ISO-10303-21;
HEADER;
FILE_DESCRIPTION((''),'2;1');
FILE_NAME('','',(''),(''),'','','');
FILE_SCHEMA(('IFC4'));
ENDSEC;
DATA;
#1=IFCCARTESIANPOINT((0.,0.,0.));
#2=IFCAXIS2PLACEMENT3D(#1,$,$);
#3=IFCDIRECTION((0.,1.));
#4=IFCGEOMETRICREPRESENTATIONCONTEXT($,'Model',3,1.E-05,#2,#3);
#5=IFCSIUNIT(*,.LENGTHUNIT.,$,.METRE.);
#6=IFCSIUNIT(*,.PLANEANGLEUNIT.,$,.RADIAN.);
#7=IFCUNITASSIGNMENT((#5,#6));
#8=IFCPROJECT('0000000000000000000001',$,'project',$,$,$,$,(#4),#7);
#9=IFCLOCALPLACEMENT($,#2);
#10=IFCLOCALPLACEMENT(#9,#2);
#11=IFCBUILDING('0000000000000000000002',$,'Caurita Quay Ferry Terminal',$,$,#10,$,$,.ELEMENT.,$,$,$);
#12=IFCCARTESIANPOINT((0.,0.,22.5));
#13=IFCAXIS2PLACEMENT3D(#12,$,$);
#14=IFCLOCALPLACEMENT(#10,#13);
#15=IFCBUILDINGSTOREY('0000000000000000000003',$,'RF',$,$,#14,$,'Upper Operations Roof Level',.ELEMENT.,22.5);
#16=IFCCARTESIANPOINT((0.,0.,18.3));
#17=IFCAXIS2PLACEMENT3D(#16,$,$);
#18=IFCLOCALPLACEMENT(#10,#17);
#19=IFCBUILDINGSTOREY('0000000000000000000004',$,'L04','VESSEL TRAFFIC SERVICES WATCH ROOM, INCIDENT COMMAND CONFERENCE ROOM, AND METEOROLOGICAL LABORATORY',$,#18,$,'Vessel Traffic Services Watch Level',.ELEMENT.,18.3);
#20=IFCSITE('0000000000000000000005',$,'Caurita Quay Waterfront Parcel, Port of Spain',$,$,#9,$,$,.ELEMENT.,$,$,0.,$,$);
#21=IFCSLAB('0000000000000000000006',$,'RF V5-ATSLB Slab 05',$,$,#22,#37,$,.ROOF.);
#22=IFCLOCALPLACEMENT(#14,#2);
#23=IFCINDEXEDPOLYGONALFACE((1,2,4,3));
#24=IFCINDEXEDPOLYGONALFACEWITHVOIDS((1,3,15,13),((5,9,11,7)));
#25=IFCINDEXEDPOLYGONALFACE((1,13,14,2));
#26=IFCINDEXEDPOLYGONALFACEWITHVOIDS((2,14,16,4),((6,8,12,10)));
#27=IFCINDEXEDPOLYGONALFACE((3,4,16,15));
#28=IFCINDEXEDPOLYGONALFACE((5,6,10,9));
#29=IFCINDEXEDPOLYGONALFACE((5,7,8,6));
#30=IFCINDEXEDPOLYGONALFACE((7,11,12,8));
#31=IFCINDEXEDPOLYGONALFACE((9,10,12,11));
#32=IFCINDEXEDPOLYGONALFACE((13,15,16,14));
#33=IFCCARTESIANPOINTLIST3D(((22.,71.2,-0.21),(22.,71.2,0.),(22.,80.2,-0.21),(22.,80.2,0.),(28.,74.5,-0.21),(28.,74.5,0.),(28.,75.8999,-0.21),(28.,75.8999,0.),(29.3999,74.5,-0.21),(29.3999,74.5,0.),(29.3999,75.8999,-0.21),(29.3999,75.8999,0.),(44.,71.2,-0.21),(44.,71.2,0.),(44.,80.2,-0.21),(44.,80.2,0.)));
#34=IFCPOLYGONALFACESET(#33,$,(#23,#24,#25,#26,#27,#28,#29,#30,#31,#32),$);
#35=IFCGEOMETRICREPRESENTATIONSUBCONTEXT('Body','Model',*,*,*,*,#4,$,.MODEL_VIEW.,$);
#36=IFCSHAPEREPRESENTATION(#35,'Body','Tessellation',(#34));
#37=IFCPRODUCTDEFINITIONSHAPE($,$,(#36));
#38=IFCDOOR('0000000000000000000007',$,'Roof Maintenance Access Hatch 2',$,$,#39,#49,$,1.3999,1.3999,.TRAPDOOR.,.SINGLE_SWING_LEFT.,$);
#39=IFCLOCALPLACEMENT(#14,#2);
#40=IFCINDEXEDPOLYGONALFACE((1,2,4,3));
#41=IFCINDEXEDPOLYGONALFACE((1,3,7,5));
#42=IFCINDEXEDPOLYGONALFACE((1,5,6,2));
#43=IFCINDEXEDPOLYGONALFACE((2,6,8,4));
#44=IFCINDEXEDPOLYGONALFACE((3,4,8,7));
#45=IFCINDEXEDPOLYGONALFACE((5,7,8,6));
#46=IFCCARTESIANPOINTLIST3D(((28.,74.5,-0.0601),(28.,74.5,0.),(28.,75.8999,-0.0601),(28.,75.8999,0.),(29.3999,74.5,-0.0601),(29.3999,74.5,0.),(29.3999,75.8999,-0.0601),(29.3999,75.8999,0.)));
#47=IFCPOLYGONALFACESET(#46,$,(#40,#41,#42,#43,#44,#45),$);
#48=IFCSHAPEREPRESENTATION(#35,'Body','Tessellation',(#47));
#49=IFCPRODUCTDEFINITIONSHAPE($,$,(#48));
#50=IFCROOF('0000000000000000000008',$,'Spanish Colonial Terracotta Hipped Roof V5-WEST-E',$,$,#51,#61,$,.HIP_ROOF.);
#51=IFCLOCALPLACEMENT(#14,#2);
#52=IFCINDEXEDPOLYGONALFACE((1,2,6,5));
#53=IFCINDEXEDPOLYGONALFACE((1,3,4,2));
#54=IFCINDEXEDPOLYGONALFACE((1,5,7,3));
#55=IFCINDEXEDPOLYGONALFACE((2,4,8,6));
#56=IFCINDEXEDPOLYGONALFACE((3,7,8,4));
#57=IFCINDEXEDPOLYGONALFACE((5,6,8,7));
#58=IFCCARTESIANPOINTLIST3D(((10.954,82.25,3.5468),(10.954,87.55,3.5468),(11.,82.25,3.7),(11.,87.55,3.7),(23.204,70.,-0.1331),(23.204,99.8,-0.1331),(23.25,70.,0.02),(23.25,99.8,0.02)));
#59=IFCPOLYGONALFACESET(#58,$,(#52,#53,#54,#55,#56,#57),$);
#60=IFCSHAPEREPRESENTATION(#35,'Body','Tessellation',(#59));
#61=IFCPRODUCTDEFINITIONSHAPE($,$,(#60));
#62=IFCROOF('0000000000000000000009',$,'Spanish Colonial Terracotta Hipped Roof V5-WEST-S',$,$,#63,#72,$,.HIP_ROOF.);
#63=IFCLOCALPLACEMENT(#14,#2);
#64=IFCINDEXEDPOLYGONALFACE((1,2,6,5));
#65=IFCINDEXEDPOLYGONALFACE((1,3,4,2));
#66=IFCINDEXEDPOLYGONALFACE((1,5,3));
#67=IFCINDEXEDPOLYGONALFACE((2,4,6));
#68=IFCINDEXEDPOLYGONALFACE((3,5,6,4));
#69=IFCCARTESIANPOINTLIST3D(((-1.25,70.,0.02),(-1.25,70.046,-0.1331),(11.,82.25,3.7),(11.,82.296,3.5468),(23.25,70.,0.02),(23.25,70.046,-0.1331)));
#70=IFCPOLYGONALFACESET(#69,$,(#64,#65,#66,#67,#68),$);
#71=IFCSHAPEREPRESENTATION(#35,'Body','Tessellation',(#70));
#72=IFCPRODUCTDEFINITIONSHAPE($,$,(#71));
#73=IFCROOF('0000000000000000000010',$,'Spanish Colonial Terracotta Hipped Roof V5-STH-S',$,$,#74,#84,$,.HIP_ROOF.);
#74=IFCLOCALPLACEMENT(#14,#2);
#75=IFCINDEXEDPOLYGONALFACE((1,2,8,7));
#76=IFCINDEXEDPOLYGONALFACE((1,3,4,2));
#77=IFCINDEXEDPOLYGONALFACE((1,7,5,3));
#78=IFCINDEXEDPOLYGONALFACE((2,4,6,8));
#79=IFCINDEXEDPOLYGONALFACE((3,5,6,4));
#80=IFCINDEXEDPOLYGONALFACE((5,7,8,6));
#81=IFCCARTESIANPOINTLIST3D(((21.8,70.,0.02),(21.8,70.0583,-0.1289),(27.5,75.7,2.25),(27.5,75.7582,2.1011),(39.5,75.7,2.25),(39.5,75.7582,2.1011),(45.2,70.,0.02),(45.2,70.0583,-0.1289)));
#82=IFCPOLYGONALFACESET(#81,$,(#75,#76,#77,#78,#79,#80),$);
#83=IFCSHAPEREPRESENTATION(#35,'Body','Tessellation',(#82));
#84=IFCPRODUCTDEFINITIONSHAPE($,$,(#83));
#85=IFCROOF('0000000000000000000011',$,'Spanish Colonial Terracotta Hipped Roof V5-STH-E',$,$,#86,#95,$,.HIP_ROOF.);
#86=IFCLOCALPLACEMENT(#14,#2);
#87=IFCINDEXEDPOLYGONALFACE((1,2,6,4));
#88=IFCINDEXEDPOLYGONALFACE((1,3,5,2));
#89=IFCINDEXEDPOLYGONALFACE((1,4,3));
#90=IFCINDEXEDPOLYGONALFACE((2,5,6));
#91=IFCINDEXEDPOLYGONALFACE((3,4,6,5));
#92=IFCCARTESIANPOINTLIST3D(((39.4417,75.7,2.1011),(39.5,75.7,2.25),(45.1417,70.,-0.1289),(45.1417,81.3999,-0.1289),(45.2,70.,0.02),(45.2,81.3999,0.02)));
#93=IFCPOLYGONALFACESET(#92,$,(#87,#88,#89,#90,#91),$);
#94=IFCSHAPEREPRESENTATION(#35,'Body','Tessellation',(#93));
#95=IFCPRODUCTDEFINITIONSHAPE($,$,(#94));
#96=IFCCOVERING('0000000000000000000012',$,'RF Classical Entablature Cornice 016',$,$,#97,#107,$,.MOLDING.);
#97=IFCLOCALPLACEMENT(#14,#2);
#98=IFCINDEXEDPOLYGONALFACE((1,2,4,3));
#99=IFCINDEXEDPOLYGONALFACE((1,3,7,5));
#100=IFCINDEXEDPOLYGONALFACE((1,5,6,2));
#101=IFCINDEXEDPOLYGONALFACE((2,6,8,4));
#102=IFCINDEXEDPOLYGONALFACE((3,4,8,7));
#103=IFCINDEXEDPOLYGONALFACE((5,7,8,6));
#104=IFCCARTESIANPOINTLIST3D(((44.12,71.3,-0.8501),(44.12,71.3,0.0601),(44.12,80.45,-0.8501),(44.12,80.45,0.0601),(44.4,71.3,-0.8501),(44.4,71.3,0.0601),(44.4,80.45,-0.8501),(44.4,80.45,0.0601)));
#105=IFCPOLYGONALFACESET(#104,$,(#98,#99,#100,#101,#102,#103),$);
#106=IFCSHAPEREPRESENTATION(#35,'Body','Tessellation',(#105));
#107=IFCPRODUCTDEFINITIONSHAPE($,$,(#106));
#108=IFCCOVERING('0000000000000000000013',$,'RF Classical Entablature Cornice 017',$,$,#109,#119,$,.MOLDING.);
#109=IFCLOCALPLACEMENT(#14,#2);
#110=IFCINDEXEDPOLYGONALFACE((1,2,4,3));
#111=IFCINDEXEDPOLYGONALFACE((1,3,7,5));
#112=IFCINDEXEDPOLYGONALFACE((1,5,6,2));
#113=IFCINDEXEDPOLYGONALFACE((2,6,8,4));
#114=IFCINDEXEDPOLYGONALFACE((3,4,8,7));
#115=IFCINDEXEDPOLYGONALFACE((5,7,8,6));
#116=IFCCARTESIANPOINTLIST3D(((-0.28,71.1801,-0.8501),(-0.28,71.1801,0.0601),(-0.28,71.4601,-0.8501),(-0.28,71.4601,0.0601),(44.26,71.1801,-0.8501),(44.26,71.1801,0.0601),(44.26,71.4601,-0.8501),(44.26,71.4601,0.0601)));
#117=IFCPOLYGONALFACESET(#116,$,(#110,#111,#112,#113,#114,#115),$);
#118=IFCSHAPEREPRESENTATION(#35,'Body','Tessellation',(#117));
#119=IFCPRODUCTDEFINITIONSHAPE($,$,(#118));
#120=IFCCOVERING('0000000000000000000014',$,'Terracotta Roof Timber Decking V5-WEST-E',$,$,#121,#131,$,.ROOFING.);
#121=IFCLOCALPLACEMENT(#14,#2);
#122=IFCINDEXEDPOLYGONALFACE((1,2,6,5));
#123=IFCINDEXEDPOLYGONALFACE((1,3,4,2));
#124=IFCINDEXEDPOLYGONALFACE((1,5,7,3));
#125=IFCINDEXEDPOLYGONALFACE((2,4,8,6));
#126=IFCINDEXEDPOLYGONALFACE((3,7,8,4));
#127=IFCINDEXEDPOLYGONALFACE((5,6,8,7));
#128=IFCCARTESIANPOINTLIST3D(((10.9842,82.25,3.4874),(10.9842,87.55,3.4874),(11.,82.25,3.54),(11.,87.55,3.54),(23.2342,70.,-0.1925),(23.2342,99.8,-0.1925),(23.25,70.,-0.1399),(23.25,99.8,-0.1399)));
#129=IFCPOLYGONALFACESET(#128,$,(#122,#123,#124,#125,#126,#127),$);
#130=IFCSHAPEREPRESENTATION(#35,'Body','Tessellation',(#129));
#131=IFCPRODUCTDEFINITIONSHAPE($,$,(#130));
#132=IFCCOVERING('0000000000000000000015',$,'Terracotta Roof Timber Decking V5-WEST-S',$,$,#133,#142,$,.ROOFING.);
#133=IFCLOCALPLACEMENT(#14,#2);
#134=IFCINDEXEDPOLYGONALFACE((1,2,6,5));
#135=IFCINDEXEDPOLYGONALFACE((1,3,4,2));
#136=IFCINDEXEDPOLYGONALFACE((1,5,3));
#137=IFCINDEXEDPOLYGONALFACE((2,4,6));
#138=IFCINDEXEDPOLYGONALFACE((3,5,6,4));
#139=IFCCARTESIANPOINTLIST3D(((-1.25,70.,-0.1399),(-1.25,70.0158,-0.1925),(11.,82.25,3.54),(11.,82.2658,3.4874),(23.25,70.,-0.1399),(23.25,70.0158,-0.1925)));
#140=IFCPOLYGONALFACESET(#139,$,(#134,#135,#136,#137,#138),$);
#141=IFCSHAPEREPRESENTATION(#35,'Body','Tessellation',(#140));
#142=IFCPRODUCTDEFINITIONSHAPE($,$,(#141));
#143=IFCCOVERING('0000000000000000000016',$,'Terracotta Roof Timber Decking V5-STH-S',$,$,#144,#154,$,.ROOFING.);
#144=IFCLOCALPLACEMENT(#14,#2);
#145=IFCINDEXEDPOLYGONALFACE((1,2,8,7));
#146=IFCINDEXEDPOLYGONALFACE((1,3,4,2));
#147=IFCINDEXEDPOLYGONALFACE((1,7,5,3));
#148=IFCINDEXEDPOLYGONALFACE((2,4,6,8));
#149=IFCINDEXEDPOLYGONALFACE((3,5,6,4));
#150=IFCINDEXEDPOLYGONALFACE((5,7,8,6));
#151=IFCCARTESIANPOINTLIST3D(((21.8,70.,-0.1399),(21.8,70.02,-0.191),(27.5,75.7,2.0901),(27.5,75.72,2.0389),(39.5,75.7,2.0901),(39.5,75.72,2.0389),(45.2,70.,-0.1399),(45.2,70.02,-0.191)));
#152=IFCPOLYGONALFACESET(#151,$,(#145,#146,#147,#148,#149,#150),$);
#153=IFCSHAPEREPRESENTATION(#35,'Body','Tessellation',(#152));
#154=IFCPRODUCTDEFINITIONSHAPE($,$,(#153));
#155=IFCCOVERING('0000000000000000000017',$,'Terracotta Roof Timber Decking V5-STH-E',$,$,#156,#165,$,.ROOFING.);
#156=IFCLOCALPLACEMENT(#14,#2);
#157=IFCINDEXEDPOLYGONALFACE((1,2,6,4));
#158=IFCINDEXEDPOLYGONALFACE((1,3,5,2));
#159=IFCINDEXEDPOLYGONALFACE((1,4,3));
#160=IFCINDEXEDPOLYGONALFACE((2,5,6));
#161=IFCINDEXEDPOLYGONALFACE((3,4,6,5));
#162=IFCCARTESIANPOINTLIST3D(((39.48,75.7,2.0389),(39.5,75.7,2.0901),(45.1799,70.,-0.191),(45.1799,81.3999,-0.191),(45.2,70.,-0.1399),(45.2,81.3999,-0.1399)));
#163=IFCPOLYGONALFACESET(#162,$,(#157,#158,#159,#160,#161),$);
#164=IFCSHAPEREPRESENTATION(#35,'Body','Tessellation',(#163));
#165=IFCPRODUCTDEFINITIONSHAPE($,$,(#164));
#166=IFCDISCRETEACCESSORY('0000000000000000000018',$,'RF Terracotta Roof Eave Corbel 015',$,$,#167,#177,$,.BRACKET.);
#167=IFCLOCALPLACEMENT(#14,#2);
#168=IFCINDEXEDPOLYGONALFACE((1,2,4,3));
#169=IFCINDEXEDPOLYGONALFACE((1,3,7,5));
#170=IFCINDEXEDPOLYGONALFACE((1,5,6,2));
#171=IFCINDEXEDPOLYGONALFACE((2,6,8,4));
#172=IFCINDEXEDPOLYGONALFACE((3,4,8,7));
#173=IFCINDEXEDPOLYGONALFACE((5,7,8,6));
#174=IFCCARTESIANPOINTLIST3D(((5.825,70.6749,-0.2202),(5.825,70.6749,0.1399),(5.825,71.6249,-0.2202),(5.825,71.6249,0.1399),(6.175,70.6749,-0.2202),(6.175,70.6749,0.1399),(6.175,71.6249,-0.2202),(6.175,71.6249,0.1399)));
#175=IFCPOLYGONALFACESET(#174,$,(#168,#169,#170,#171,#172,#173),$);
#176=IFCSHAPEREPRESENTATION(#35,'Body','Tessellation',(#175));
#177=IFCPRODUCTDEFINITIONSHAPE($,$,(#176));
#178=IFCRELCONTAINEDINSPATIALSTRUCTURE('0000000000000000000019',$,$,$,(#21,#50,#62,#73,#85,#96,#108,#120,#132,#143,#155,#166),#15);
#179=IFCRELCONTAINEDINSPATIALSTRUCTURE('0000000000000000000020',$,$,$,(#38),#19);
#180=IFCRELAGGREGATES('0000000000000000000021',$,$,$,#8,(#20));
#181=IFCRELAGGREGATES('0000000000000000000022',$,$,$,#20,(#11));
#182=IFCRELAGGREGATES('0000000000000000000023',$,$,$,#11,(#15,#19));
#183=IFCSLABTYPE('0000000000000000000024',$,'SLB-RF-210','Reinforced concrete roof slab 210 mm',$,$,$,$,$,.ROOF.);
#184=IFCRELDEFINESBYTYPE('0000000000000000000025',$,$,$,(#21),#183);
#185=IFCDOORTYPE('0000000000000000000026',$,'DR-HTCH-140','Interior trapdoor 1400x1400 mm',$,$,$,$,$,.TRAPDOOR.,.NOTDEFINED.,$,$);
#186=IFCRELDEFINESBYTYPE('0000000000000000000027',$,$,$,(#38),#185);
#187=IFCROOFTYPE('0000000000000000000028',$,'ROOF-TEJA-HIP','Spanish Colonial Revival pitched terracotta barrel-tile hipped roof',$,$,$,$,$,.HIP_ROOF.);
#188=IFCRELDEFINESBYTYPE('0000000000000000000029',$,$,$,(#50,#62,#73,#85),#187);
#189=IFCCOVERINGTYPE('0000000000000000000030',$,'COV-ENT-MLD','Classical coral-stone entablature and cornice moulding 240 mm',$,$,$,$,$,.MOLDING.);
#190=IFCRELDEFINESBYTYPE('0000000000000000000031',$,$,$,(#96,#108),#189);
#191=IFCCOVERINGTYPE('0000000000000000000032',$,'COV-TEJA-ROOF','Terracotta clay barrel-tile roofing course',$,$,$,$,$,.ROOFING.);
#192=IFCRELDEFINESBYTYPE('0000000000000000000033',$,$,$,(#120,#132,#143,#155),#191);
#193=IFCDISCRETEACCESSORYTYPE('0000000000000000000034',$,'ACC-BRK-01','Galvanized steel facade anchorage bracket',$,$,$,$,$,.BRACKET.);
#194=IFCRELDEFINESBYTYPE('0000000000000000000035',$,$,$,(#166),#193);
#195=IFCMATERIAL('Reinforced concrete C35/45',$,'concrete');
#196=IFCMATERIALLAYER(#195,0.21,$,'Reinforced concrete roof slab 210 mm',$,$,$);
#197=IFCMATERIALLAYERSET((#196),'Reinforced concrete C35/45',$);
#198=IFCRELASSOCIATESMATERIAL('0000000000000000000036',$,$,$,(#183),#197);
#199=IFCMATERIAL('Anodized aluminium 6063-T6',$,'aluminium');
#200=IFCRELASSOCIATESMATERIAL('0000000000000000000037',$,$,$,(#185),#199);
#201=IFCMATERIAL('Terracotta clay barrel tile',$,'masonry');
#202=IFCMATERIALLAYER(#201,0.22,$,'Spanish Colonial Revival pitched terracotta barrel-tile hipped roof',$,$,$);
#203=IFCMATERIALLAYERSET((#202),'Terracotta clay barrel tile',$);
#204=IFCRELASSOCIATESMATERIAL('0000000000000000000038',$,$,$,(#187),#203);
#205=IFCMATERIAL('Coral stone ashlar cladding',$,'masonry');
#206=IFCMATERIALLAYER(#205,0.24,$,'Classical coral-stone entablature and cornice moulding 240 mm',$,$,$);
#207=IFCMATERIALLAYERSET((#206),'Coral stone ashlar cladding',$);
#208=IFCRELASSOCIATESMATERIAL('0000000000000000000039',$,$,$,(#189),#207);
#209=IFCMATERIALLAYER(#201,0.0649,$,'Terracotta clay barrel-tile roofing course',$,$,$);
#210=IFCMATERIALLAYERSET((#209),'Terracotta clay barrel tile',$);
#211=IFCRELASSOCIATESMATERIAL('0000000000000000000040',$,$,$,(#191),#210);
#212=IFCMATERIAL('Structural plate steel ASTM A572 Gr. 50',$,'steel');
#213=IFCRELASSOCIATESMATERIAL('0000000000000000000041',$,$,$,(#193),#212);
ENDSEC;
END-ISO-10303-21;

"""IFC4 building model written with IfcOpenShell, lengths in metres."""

from ifc_helpers import new_model, si_unit, direction, frame, frame_2d, origin, origin_2d, place, context, subcontext, project, spatial, polyline, rectangle, outline, extrude, material, layer, layer_set, type_object, element, fill, save


model = new_model("IFC4")

# Units and contexts
model_context = context("Model", 3, precision=1e-05, world=origin(), true_north=direction((0.0, 1.0)))
body_context = subcontext(model_context, "Body", "Model", "MODEL_VIEW")
ifc_project = project(units=[si_unit("LENGTHUNIT", "METRE"), si_unit("PLANEANGLEUNIT", "RADIAN")], contexts=[model_context])

# Site, building, storey
site_placement = place(None, origin())
site = spatial("IfcSite", under=ifc_project, at=site_placement, Name="Caurita Quay Waterfront Parcel, Port of Spain", CompositionType="ELEMENT", RefElevation=0.0)
building_placement = place(site_placement, origin())
building = spatial("IfcBuilding", under=site, at=building_placement, Name="Caurita Quay Ferry Terminal", CompositionType="ELEMENT")
storey_1_placement = place(building_placement, frame((0.0, 0.0, 22.5)))
storey_1 = spatial("IfcBuildingStorey", under=building, at=storey_1_placement, Name="RF", LongName="Upper Operations Roof Level", CompositionType="ELEMENT", Elevation=22.5)

# Shared definitions
ifc_material_1 = material(Name="Reinforced concrete C35/45", Category="concrete")
ifc_layer_1 = layer(ifc_material_1, 0.21, Name="Reinforced concrete roof slab 210 mm")
ifc_layer_set_1 = layer_set([ifc_layer_1], Name="Reinforced concrete C35/45")
slab_type = type_object("IfcSlabType", Name="SLB-RF-210", Description="Reinforced concrete roof slab 210 mm", PredefinedType="ROOF", material=ifc_layer_set_1)

# Shared definitions
storey_2_placement = place(building_placement, frame((0.0, 0.0, 18.3)))
storey_2 = spatial("IfcBuildingStorey", under=building, at=storey_2_placement, Name="L04", Description="VESSEL TRAFFIC SERVICES WATCH ROOM, INCIDENT COMMAND CONFERENCE ROOM, AND METEOROLOGICAL LABORATORY", LongName="Vessel Traffic Services Watch Level", CompositionType="ELEMENT", Elevation=18.3)

# Shared definitions
ifc_material_2 = material(Name="Anodized aluminium 6063-T6", Category="aluminium")
door_type = type_object("IfcDoorType", Name="DR-HTCH-140", Description="Interior trapdoor 1400x1400 mm", OperationType="NOTDEFINED", PredefinedType="TRAPDOOR", material=ifc_material_2)

# Slab, opening, door
slab_1_placement = place(storey_1_placement, frame((0.0, 0.0, -0.21)))
slab_1 = element("IfcSlab", 1, at=slab_1_placement, inside=storey_1, type_object=slab_type, Name="RF V5-ATSLB Slab 05", PredefinedType="ROOF", context=body_context, shape_type="SweptSolid", body=[
    extrude(outline(polyline([(22.0, 71.2), (44.0, 71.2), (44.0, 80.2), (22.0, 80.2), (22.0, 71.2)])), origin(), (0.0, 0.0, 1.0), 0.21),
])
opening_1_placement = place(slab_1_placement, frame((28.7, 75.2, -0.01)))
opening_1 = element("IfcOpeningElement", 2, at=opening_1_placement, cuts=slab_1, PredefinedType="OPENING", context=body_context, shape_type="SweptSolid", body=[
    extrude(rectangle(XDim=1.3999, YDim=1.3999, at=origin_2d()), origin(), (0.0, 0.0, 1.0), 0.23),
])
door_1_placement = place(slab_1_placement, frame((28.7, 75.2, 0.1499)))
door_1 = element("IfcDoor", 3, at=door_1_placement, inside=storey_2, type_object=door_type, Name="Roof Maintenance Access Hatch 2", OperationType="SINGLE_SWING_LEFT", OverallHeight=1.3999, OverallWidth=1.3999, PredefinedType="TRAPDOOR", context=body_context, shape_type="SweptSolid", body=[
    extrude(rectangle(XDim=1.3999, YDim=1.3999, at=origin_2d()), origin(), (0.0, 0.0, 1.0), 0.0601),
])
fill(opening_1, door_1)

# Roofs
ifc_material_3 = material(Name="Terracotta clay barrel tile", Category="masonry")
ifc_layer_2 = layer(ifc_material_3, 0.22, Name="Spanish Colonial Revival pitched terracotta barrel-tile hipped roof")
ifc_layer_set_2 = layer_set([ifc_layer_2], Name="Terracotta clay barrel tile")
roof_type = type_object("IfcRoofType", Name="ROOF-TEJA-HIP", Description="Spanish Colonial Revival pitched terracotta barrel-tile hipped roof", PredefinedType="HIP_ROOF", material=ifc_layer_set_2)
roof_1_placement = place(storey_1_placement, frame((23.25, 70.0, 0.02), z_axis=(0.287702, 0.0, 0.95772), x_axis=(0.0, 1.0, 0.0)))
element("IfcRoof", 4, at=roof_1_placement, inside=storey_1, type_object=roof_type, Name="Spanish Colonial Terracotta Hipped Roof V5-WEST-E", PredefinedType="HIP_ROOF", context=body_context, shape_type="SweptSolid", body=[
    extrude(outline(polyline([(0.0, 0.0), (29.8, 0.0), (17.55, 12.7908), (12.25, 12.7908), (0.0, 0.0)])), origin(), (0.0, 0.0, -1.0), 0.1599),
])
roof_2_placement = place(storey_1_placement, frame((-1.25, 70.0, 0.02), z_axis=(0.0, -0.287702, 0.95772), x_axis=(1.0, 0.0, 0.0)))
element("IfcRoof", 5, at=roof_2_placement, inside=storey_1, type_object=roof_type, Name="Spanish Colonial Terracotta Hipped Roof V5-WEST-S", PredefinedType="HIP_ROOF", context=body_context, shape_type="SweptSolid", body=[
    extrude(outline(polyline([(0.0, 0.0), (24.5, 0.0), (12.25, 12.7908), (0.0, 0.0)])), origin(), (0.0, 0.0, -1.0), 0.1599),
])
roof_3_placement = place(storey_1_placement, frame((21.8, 70.0, 0.02), z_axis=(0.0, -0.364338, 0.931267), x_axis=(1.0, 0.0, 0.0)))
element("IfcRoof", 6, at=roof_3_placement, inside=storey_1, type_object=roof_type, Name="Spanish Colonial Terracotta Hipped Roof V5-STH-S", PredefinedType="HIP_ROOF", context=body_context, shape_type="SweptSolid", body=[
    extrude(outline(polyline([(0.0, 0.0), (23.3999, 0.0), (17.7, 6.1206), (5.7, 6.1206), (0.0, 0.0)])), origin(), (0.0, 0.0, -1.0), 0.1599),
])
roof_4_placement = place(storey_1_placement, frame((45.2, 70.0, 0.02), z_axis=(0.364338, 0.0, 0.931267), x_axis=(0.0, 1.0, 0.0)))
element("IfcRoof", 7, at=roof_4_placement, inside=storey_1, type_object=roof_type, Name="Spanish Colonial Terracotta Hipped Roof V5-STH-E", PredefinedType="HIP_ROOF", context=body_context, shape_type="SweptSolid", body=[
    extrude(outline(polyline([(0.0, 0.0), (11.3999, 0.0), (5.7, 6.1206), (0.0, 0.0)])), origin(), (0.0, 0.0, -1.0), 0.1599),
])

# Coverings
ifc_material_4 = material(Name="Coral stone ashlar cladding", Category="masonry")
ifc_layer_3 = layer(ifc_material_4, 0.24, Name="Classical coral-stone entablature and cornice moulding 240 mm")
ifc_layer_set_3 = layer_set([ifc_layer_3], Name="Coral stone ashlar cladding")
covering_type_1 = type_object("IfcCoveringType", Name="COV-ENT-MLD", Description="Classical coral-stone entablature and cornice moulding 240 mm", PredefinedType="MOLDING", material=ifc_layer_set_3)
covering_1_placement = place(storey_1_placement, frame((44.26, 71.3, -0.8501), z_axis=(0.0, 0.0, 1.0), x_axis=(0.0, 1.0, 0.0)))
element("IfcCovering", 8, at=covering_1_placement, inside=storey_1, type_object=covering_type_1, Name="RF Classical Entablature Cornice 016", PredefinedType="MOLDING", context=body_context, shape_type="SweptSolid", body=[
    extrude(rectangle(XDim=9.1499, YDim=0.28, at=frame_2d((4.575, 0.0))), origin(), (0.0, 0.0, 1.0), 0.9102),
])
covering_2_placement = place(storey_1_placement, frame((-0.28, 71.3201, -0.8501), z_axis=(0.0, 0.0, 1.0), x_axis=(1.0, 0.0, 0.0)))
element("IfcCovering", 9, at=covering_2_placement, inside=storey_1, type_object=covering_type_1, Name="RF Classical Entablature Cornice 017", PredefinedType="MOLDING", context=body_context, shape_type="SweptSolid", body=[
    extrude(rectangle(XDim=44.54, YDim=0.28, at=frame_2d((22.27, 0.0))), origin(), (0.0, 0.0, 1.0), 0.9102),
])
ifc_layer_4 = layer(ifc_material_3, 0.0649, Name="Terracotta clay barrel-tile roofing course")
ifc_layer_set_4 = layer_set([ifc_layer_4], Name="Terracotta clay barrel tile")
covering_type_2 = type_object("IfcCoveringType", Name="COV-TEJA-ROOF", Description="Terracotta clay barrel-tile roofing course", PredefinedType="ROOFING", material=ifc_layer_set_4)
covering_3_placement = place(storey_1_placement, frame((23.25, 70.0, -0.1399), z_axis=(0.287702, 0.0, 0.95772), x_axis=(0.0, 1.0, 0.0)))
element("IfcCovering", 10, at=covering_3_placement, inside=storey_1, type_object=covering_type_2, Name="Terracotta Roof Timber Decking V5-WEST-E", PredefinedType="ROOFING", context=body_context, shape_type="SweptSolid", body=[
    extrude(outline(polyline([(0.0, 0.0), (29.8, 0.0), (17.55, 12.7908), (12.25, 12.7908), (0.0, 0.0)])), origin(), (0.0, 0.0, -1.0), 0.0549),
])
covering_4_placement = place(storey_1_placement, frame((-1.25, 70.0, -0.1399), z_axis=(0.0, -0.287702, 0.95772), x_axis=(1.0, 0.0, 0.0)))
element("IfcCovering", 11, at=covering_4_placement, inside=storey_1, type_object=covering_type_2, Name="Terracotta Roof Timber Decking V5-WEST-S", PredefinedType="ROOFING", context=body_context, shape_type="SweptSolid", body=[
    extrude(outline(polyline([(0.0, 0.0), (24.5, 0.0), (12.25, 12.7908), (0.0, 0.0)])), origin(), (0.0, 0.0, -1.0), 0.0549),
])
covering_5_placement = place(storey_1_placement, frame((21.8, 70.0, -0.1399), z_axis=(0.0, -0.364338, 0.931267), x_axis=(1.0, 0.0, 0.0)))
element("IfcCovering", 12, at=covering_5_placement, inside=storey_1, type_object=covering_type_2, Name="Terracotta Roof Timber Decking V5-STH-S", PredefinedType="ROOFING", context=body_context, shape_type="SweptSolid", body=[
    extrude(outline(polyline([(0.0, 0.0), (23.3999, 0.0), (17.7, 6.1206), (5.7, 6.1206), (0.0, 0.0)])), origin(), (0.0, 0.0, -1.0), 0.0549),
])
covering_6_placement = place(storey_1_placement, frame((45.2, 70.0, -0.1399), z_axis=(0.364338, 0.0, 0.931267), x_axis=(0.0, 1.0, 0.0)))
element("IfcCovering", 13, at=covering_6_placement, inside=storey_1, type_object=covering_type_2, Name="Terracotta Roof Timber Decking V5-STH-E", PredefinedType="ROOFING", context=body_context, shape_type="SweptSolid", body=[
    extrude(outline(polyline([(0.0, 0.0), (11.3999, 0.0), (5.7, 6.1206), (0.0, 0.0)])), origin(), (0.0, 0.0, -1.0), 0.0549),
])

# Discrete accessory
ifc_material_5 = material(Name="Structural plate steel ASTM A572 Gr. 50", Category="steel")
discrete_accessory_type = type_object("IfcDiscreteAccessoryType", Name="ACC-BRK-01", Description="Galvanized steel facade anchorage bracket", PredefinedType="BRACKET", material=ifc_material_5)
for number, where, z_axis, x_axis, name in (
    (14, (6.0, 71.1499, -0.2202), (0.0, 0.0, 1.0), (1.0, 0.0, 0.0), "RF Terracotta Roof Eave Corbel 015"),
):
    element("IfcDiscreteAccessory", number, at=place(storey_1_placement, frame(where, z_axis=z_axis, x_axis=x_axis)), inside=storey_1, type_object=discrete_accessory_type, Name=name, PredefinedType="BRACKET", context=body_context, shape_type="SweptSolid", body=[
        extrude(rectangle(XDim=0.3501, YDim=0.95, at=origin_2d()), origin(), (0.0, 0.0, 1.0), 0.3601),
    ])

save(model, "model.ifc")
